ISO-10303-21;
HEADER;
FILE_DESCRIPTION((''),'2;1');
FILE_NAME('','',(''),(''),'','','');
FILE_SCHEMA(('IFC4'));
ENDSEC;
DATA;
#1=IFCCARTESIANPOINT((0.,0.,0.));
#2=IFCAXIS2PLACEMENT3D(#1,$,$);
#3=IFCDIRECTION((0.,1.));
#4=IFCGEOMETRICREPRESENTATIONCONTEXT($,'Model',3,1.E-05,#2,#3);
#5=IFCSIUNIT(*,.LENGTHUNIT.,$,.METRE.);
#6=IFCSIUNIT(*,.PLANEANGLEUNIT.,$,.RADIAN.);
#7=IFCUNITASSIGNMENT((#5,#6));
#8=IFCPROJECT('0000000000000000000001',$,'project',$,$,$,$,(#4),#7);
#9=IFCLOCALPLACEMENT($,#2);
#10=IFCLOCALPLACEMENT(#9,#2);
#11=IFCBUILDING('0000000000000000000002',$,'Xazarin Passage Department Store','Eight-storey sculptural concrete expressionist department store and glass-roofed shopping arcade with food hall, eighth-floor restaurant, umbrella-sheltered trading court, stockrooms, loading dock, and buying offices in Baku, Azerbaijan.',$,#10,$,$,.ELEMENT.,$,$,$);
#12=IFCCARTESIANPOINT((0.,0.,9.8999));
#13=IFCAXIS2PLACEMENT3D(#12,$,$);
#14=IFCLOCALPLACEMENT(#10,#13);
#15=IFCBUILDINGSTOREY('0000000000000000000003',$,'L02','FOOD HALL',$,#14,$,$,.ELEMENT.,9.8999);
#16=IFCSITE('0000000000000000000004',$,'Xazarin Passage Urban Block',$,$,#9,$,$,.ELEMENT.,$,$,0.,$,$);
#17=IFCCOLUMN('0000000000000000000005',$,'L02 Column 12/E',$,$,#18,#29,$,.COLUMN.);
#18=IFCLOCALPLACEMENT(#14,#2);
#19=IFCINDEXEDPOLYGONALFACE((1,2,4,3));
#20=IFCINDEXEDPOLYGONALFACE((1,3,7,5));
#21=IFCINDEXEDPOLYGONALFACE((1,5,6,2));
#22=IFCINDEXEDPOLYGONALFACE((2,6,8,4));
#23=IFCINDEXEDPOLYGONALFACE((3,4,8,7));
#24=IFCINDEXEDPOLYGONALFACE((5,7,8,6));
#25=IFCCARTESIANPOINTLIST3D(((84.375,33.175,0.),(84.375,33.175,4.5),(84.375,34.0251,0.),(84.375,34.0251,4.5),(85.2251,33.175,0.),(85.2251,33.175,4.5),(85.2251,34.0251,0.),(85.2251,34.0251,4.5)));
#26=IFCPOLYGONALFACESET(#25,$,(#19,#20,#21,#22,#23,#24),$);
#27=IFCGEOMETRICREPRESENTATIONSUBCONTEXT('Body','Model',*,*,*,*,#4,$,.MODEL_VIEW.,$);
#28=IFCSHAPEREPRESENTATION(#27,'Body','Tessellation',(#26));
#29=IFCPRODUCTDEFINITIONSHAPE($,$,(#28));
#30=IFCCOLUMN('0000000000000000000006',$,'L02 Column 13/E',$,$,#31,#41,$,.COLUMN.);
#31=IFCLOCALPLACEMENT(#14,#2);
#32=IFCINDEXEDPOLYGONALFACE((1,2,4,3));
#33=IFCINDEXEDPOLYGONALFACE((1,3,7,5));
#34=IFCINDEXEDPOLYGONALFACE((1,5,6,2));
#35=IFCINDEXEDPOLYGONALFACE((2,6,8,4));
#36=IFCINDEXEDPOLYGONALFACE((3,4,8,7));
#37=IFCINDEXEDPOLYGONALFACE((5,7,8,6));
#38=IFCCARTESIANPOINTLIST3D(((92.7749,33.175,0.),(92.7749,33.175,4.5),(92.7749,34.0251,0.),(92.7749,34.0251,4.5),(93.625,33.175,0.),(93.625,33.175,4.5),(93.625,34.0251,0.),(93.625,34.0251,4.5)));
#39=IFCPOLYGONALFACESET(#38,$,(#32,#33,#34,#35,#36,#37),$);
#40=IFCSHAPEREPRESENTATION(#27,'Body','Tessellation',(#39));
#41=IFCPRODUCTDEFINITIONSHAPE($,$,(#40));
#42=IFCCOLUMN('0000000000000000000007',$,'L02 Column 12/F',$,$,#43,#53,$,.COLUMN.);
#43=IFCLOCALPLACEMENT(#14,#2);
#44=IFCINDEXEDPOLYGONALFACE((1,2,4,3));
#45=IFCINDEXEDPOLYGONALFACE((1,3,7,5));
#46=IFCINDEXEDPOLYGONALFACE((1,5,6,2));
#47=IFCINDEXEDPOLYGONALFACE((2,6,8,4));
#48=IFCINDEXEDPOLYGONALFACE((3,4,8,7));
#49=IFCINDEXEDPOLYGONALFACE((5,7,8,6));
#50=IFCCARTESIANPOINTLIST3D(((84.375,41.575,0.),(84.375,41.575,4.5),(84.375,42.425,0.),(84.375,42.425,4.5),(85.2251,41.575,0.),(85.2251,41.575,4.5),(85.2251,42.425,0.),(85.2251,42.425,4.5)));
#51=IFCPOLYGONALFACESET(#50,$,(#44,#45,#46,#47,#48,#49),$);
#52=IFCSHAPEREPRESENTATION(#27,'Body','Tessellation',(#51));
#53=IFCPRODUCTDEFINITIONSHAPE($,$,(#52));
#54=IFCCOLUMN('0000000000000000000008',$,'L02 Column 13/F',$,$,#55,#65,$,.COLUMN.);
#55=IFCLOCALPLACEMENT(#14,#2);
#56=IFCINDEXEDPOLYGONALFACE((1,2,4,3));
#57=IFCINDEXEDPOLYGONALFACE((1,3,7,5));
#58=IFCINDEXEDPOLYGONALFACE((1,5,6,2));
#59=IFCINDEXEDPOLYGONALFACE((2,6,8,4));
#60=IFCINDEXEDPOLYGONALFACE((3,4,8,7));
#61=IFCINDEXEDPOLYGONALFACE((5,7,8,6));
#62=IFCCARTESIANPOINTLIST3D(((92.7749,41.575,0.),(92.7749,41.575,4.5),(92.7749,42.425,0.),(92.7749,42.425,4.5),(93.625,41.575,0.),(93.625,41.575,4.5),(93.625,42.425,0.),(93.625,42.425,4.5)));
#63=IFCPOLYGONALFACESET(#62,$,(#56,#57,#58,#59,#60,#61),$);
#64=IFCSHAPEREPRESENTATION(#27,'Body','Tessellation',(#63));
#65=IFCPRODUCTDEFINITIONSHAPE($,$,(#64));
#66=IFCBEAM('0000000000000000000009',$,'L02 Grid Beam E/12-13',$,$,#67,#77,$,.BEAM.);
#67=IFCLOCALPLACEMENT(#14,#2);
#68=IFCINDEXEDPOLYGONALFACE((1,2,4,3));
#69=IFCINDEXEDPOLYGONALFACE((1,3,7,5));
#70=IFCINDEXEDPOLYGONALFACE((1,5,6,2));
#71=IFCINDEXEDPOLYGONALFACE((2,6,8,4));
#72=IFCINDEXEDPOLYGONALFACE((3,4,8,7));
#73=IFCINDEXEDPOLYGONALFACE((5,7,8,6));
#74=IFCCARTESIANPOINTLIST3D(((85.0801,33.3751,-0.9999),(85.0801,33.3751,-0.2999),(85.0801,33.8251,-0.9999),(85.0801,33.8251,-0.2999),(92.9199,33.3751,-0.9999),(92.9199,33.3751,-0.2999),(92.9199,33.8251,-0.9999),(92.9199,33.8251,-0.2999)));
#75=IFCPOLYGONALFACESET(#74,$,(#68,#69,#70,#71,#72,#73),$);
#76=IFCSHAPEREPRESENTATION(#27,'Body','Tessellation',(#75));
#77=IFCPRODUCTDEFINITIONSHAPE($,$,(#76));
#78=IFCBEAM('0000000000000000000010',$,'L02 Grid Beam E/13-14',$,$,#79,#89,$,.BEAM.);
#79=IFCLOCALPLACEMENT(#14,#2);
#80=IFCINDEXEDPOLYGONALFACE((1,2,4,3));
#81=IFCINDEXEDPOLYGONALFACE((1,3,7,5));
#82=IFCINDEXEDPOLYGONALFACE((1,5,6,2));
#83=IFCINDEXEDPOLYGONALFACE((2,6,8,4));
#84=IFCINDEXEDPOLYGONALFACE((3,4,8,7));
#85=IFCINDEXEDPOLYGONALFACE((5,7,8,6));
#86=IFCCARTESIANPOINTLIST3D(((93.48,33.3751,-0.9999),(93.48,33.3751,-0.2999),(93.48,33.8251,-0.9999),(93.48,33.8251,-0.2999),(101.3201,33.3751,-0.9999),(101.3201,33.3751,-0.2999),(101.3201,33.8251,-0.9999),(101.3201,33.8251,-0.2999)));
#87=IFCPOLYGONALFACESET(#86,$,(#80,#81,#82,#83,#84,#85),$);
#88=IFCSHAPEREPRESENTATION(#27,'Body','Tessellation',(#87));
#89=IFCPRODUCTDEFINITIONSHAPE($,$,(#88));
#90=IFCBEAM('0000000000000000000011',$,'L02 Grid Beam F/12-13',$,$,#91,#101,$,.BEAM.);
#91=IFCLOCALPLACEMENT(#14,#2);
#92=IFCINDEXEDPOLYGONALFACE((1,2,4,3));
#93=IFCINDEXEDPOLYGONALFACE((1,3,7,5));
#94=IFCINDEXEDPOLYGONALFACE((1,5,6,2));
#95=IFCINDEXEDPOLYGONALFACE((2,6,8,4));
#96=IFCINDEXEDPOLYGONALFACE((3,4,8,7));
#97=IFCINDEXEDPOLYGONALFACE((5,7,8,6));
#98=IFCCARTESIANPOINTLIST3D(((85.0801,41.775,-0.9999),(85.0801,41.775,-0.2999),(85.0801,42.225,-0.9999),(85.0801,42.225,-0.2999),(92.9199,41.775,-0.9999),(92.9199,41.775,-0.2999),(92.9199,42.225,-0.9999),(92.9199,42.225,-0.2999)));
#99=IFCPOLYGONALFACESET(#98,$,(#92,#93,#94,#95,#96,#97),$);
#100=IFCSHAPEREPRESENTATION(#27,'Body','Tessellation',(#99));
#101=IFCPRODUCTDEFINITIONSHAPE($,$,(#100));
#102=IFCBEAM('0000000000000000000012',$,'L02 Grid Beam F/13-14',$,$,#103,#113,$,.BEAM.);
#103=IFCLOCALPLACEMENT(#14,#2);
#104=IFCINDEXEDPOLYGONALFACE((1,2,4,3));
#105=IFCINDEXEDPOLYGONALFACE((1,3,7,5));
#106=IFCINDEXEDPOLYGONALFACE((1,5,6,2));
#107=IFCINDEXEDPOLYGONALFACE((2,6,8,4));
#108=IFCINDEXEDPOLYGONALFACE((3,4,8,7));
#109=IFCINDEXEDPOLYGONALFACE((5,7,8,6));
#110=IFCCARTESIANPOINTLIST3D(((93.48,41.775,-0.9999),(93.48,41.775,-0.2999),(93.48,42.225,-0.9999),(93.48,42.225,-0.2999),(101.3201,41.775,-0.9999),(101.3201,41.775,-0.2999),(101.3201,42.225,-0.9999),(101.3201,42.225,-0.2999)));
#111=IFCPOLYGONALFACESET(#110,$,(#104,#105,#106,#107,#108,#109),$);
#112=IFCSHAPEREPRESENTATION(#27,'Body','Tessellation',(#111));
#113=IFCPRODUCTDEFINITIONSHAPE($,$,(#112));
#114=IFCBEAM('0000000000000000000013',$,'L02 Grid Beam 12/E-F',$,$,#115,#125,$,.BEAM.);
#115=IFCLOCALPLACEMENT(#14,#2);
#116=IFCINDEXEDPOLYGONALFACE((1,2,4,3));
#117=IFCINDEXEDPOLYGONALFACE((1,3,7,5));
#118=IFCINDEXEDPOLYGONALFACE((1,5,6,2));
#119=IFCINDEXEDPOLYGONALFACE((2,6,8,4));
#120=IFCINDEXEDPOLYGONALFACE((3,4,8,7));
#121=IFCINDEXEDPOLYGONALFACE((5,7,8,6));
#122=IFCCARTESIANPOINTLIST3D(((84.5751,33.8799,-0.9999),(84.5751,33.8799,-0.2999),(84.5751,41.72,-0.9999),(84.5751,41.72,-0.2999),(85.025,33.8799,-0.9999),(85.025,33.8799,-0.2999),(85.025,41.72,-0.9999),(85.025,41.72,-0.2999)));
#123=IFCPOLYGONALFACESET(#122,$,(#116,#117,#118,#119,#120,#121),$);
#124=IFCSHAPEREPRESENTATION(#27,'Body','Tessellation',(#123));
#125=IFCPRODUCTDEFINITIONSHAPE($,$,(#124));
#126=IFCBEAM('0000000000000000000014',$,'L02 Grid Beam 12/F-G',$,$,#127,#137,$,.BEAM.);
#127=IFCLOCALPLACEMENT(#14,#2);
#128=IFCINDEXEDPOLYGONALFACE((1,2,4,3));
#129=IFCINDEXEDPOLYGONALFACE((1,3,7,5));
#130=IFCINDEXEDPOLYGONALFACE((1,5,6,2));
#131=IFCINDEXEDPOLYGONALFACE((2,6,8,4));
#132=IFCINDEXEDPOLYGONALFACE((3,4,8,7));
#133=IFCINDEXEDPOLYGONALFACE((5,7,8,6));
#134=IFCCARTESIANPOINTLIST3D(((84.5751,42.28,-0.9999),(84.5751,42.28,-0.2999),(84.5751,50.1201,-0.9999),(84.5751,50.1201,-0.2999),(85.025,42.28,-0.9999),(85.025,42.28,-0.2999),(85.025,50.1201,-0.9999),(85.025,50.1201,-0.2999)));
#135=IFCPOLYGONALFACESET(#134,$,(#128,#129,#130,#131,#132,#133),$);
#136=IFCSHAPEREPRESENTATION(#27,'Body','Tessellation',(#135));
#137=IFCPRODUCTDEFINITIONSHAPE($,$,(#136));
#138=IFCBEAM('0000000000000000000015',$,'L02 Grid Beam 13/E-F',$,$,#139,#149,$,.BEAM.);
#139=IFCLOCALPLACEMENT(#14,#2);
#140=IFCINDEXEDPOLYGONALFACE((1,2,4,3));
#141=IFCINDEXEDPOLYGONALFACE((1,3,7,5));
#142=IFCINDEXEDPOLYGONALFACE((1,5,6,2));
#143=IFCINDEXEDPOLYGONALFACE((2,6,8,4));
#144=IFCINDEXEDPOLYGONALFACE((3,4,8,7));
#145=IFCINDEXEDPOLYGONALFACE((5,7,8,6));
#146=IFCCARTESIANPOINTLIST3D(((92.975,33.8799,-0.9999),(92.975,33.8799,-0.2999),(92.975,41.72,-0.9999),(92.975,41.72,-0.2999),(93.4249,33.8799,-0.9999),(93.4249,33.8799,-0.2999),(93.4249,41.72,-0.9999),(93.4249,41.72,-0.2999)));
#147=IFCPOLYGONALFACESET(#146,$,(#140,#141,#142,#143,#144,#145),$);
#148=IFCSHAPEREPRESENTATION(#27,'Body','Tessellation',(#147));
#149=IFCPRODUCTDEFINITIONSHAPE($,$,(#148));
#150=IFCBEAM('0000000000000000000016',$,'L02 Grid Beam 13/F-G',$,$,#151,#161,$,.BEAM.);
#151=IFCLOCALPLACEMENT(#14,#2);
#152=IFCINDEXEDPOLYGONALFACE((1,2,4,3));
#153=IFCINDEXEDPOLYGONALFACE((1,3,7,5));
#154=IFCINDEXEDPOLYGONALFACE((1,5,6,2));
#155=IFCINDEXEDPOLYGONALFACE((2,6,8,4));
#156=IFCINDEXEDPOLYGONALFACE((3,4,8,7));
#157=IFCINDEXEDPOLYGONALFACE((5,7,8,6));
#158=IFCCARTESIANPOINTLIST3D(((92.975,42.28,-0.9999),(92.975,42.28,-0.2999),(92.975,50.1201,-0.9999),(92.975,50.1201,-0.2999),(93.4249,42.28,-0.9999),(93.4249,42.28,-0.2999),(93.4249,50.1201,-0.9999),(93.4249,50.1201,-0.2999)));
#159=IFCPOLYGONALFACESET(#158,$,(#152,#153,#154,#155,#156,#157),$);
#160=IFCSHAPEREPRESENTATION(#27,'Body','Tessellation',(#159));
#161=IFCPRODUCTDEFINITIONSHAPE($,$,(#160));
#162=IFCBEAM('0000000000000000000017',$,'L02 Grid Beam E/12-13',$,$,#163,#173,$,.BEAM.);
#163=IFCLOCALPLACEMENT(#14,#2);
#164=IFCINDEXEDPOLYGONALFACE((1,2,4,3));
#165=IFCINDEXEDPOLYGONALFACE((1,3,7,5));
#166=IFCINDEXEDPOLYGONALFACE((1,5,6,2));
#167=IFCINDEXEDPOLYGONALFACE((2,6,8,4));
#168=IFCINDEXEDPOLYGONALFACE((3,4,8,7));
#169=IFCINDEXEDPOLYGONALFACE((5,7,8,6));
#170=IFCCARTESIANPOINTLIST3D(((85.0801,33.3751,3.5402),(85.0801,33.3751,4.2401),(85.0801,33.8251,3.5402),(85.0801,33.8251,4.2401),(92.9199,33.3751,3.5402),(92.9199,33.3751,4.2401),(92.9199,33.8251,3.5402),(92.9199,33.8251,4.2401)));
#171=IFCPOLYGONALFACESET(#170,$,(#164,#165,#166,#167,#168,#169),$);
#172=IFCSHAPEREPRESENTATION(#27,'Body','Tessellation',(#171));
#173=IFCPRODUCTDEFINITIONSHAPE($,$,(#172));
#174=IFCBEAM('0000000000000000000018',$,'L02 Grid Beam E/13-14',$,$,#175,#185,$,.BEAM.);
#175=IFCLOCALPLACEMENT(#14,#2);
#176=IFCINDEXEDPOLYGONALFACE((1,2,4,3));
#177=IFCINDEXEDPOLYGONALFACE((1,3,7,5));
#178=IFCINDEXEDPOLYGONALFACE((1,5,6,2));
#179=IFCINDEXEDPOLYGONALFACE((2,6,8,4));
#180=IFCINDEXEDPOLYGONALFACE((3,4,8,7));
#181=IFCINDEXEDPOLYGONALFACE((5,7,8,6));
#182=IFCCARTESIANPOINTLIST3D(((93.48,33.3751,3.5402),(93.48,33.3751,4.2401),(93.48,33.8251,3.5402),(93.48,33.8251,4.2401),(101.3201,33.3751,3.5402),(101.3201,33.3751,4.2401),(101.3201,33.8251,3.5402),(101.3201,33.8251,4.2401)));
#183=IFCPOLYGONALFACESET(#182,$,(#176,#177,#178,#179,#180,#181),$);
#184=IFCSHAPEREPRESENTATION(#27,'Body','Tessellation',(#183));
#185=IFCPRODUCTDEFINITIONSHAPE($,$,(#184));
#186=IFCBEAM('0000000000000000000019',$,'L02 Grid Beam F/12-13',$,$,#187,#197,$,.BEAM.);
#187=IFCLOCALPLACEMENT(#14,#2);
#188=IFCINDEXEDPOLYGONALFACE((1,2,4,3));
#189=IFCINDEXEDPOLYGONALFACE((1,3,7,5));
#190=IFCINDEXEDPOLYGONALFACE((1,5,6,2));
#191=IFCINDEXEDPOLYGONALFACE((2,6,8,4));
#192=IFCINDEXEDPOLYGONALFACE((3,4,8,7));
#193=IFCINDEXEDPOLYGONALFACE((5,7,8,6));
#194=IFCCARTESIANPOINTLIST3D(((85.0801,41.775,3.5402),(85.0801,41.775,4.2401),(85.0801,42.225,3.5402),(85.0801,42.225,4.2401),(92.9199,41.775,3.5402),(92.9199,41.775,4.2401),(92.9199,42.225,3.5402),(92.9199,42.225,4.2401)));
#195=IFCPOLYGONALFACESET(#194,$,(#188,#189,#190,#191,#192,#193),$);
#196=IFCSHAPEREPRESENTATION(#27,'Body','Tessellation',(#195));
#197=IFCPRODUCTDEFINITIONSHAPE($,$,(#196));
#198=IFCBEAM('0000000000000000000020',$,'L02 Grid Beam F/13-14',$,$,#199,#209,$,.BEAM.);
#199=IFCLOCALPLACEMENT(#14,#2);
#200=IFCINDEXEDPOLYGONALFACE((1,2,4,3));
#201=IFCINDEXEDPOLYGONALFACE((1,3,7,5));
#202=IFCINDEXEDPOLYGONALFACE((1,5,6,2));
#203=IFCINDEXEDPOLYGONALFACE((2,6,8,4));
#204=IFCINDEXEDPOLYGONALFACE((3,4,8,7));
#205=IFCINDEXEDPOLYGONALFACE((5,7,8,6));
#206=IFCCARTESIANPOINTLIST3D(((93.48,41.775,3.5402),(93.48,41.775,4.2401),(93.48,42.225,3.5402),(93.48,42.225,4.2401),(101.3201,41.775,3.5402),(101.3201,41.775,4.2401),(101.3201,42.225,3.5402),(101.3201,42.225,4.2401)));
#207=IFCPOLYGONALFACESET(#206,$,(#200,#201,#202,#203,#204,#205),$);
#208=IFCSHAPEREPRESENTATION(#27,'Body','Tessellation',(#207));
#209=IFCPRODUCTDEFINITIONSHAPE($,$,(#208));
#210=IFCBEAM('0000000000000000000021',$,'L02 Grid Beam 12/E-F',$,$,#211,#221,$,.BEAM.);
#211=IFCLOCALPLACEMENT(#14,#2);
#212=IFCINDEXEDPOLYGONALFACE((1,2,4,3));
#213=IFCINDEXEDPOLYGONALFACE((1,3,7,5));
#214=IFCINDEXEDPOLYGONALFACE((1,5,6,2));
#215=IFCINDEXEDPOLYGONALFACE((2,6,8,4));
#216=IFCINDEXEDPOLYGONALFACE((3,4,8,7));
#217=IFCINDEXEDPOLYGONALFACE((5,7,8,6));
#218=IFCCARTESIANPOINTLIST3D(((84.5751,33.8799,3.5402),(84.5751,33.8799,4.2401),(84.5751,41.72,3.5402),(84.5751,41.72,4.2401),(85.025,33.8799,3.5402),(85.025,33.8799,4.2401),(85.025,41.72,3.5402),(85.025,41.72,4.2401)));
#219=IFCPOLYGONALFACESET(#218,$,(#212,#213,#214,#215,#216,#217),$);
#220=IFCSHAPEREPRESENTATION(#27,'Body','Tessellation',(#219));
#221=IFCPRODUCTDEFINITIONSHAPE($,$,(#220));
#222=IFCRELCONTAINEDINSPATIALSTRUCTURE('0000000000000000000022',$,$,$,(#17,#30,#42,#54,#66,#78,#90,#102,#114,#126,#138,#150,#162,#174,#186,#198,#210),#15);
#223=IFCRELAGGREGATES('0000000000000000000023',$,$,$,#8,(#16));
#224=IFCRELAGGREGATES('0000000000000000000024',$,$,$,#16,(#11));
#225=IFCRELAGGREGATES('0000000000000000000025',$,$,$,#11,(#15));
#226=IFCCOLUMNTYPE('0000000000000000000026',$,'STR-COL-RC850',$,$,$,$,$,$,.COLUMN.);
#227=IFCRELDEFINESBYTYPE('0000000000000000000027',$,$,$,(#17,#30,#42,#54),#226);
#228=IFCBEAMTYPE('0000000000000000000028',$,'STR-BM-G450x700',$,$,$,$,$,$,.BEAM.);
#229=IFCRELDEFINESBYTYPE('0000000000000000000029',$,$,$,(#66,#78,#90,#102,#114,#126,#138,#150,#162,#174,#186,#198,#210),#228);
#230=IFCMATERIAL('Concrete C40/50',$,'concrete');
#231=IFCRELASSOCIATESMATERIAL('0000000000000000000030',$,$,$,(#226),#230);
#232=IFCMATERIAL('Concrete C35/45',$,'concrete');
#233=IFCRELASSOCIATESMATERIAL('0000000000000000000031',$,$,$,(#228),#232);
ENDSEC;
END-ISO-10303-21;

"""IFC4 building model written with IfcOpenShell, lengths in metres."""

from ifc_helpers import new_model, si_unit, direction, frame, origin, origin_2d, place, context, subcontext, project, spatial, rectangle, extrude, material, material_profile, profile_set, type_object, element, save


model = new_model("IFC4")

# Units and contexts
model_context = context("Model", 3, precision=1e-05, world=origin(), true_north=direction((0.0, 1.0)))
body_context = subcontext(model_context, "Body", "Model", "MODEL_VIEW")
ifc_project = project(units=[si_unit("LENGTHUNIT", "METRE"), si_unit("PLANEANGLEUNIT", "RADIAN")], contexts=[model_context])

# Site, building, storey
site_placement = place(None, origin())
site = spatial("IfcSite", under=ifc_project, at=site_placement, Name="Xazarin Passage Urban Block", CompositionType="ELEMENT", RefElevation=0.0)
building_placement = place(site_placement, origin())
building = spatial("IfcBuilding", under=site, at=building_placement, Name="Xazarin Passage Department Store", Description="Eight-storey sculptural concrete expressionist department store and glass-roofed shopping arcade with food hall, eighth-floor restaurant, umbrella-sheltered trading court, stockrooms, loading dock, and buying offices in Baku, Azerbaijan.", CompositionType="ELEMENT")
storey_placement = place(building_placement, frame((0.0, 0.0, 9.8999)))
storey = spatial("IfcBuildingStorey", under=building, at=storey_placement, Name="L02", Description="FOOD HALL", CompositionType="ELEMENT", Elevation=9.8999)

# Columns
ifc_material_1 = material(Name="Concrete C40/50", Category="concrete")
ifc_material_profile_1 = material_profile(ifc_material_1, rectangle(XDim=0.8501, YDim=0.8501, at=origin_2d()), Name="RC 850x850")
ifc_profile_set_1 = profile_set([ifc_material_profile_1], Name="Concrete C40/50")
column_type = type_object("IfcColumnType", Name="STR-COL-RC850", PredefinedType="COLUMN", material=ifc_profile_set_1)
for number, where, z_axis, x_axis, name in (
    (1, (84.8, 33.6001, 0.0), (0.0, 0.0, 1.0), (1.0, 0.0, 0.0), "L02 Column 12/E"),
    (2, (93.2, 33.6001, 0.0), (0.0, 0.0, 1.0), (1.0, 0.0, 0.0), "L02 Column 13/E"),
    (3, (84.8, 42.0, 0.0), (0.0, 0.0, 1.0), (1.0, 0.0, 0.0), "L02 Column 12/F"),
    (4, (93.2, 42.0, 0.0), (0.0, 0.0, 1.0), (1.0, 0.0, 0.0), "L02 Column 13/F"),
):
    element("IfcColumn", number, at=place(storey_placement, frame(where, z_axis=z_axis, x_axis=x_axis)), inside=storey, type_object=column_type, Name=name, PredefinedType="COLUMN", context=body_context, shape_type="SweptSolid", body=[
        extrude(rectangle(XDim=0.8501, YDim=0.8501, at=origin_2d()), origin(), (0.0, 0.0, 1.0), 4.5),
    ])

# Beams
ifc_material_2 = material(Name="Concrete C35/45", Category="concrete")
ifc_material_profile_2 = material_profile(ifc_material_2, rectangle(XDim=0.45, YDim=0.7, at=origin_2d()), Name="RC 450x700")
ifc_profile_set_2 = profile_set([ifc_material_profile_2], Name="Concrete C35/45")
beam_type = type_object("IfcBeamType", Name="STR-BM-G450x700", PredefinedType="BEAM", material=ifc_profile_set_2)
beam_1_placement = place(storey_placement, frame((85.0801, 33.6001, -0.6499), z_axis=(1.0, 0.0, 0.0), x_axis=(0.0, 1.0, 0.0)))
element("IfcBeam", 5, at=beam_1_placement, inside=storey, type_object=beam_type, Name="L02 Grid Beam E/12-13", PredefinedType="BEAM", context=body_context, shape_type="SweptSolid", body=[
    extrude(rectangle(XDim=0.45, YDim=0.7, at=origin_2d()), origin(), (0.0, 0.0, 1.0), 7.8398),
])
beam_2_placement = place(storey_placement, frame((93.48, 33.6001, -0.6499), z_axis=(1.0, 0.0, 0.0), x_axis=(0.0, 1.0, 0.0)))
element("IfcBeam", 6, at=beam_2_placement, inside=storey, type_object=beam_type, Name="L02 Grid Beam E/13-14", PredefinedType="BEAM", context=body_context, shape_type="SweptSolid", body=[
    extrude(rectangle(XDim=0.45, YDim=0.7, at=origin_2d()), origin(), (0.0, 0.0, 1.0), 7.8401),
])
beam_3_placement = place(storey_placement, frame((85.0801, 42.0, -0.6499), z_axis=(1.0, 0.0, 0.0), x_axis=(0.0, 1.0, 0.0)))
element("IfcBeam", 7, at=beam_3_placement, inside=storey, type_object=beam_type, Name="L02 Grid Beam F/12-13", PredefinedType="BEAM", context=body_context, shape_type="SweptSolid", body=[
    extrude(rectangle(XDim=0.45, YDim=0.7, at=origin_2d()), origin(), (0.0, 0.0, 1.0), 7.8398),
])
for number, where, z_axis, x_axis, name in (
    (8, (93.48, 42.0, -0.6499), (1.0, 0.0, 0.0), (0.0, 1.0, 0.0), "L02 Grid Beam F/13-14"),
    (9, (84.8, 33.8799, -0.6499), (0.0, 1.0, 0.0), (-1.0, 0.0, 0.0), "L02 Grid Beam 12/E-F"),
    (10, (84.8, 42.28, -0.6499), (0.0, 1.0, 0.0), (-1.0, 0.0, 0.0), "L02 Grid Beam 12/F-G"),
    (11, (93.2, 33.8799, -0.6499), (0.0, 1.0, 0.0), (-1.0, 0.0, 0.0), "L02 Grid Beam 13/E-F"),
    (12, (93.2, 42.28, -0.6499), (0.0, 1.0, 0.0), (-1.0, 0.0, 0.0), "L02 Grid Beam 13/F-G"),
):
    element("IfcBeam", number, at=place(storey_placement, frame(where, z_axis=z_axis, x_axis=x_axis)), inside=storey, type_object=beam_type, Name=name, PredefinedType="BEAM", context=body_context, shape_type="SweptSolid", body=[
        extrude(rectangle(XDim=0.45, YDim=0.7, at=origin_2d()), origin(), (0.0, 0.0, 1.0), 7.8401),
    ])
beam_4_placement = place(storey_placement, frame((85.0801, 33.6001, 3.8901), z_axis=(1.0, 0.0, 0.0), x_axis=(0.0, 1.0, 0.0)))
element("IfcBeam", 13, at=beam_4_placement, inside=storey, type_object=beam_type, Name="L02 Grid Beam E/12-13", PredefinedType="BEAM", context=body_context, shape_type="SweptSolid", body=[
    extrude(rectangle(XDim=0.45, YDim=0.7, at=origin_2d()), origin(), (0.0, 0.0, 1.0), 7.8398),
])
beam_5_placement = place(storey_placement, frame((93.48, 33.6001, 3.8901), z_axis=(1.0, 0.0, 0.0), x_axis=(0.0, 1.0, 0.0)))
element("IfcBeam", 14, at=beam_5_placement, inside=storey, type_object=beam_type, Name="L02 Grid Beam E/13-14", PredefinedType="BEAM", context=body_context, shape_type="SweptSolid", body=[
    extrude(rectangle(XDim=0.45, YDim=0.7, at=origin_2d()), origin(), (0.0, 0.0, 1.0), 7.8401),
])
beam_6_placement = place(storey_placement, frame((85.0801, 42.0, 3.8901), z_axis=(1.0, 0.0, 0.0), x_axis=(0.0, 1.0, 0.0)))
element("IfcBeam", 15, at=beam_6_placement, inside=storey, type_object=beam_type, Name="L02 Grid Beam F/12-13", PredefinedType="BEAM", context=body_context, shape_type="SweptSolid", body=[
    extrude(rectangle(XDim=0.45, YDim=0.7, at=origin_2d()), origin(), (0.0, 0.0, 1.0), 7.8398),
])
for number, where, z_axis, x_axis, name in (
    (16, (93.48, 42.0, 3.8901), (1.0, 0.0, 0.0), (0.0, 1.0, 0.0), "L02 Grid Beam F/13-14"),
    (17, (84.8, 33.8799, 3.8901), (0.0, 1.0, 0.0), (-1.0, 0.0, 0.0), "L02 Grid Beam 12/E-F"),
):
    element("IfcBeam", number, at=place(storey_placement, frame(where, z_axis=z_axis, x_axis=x_axis)), inside=storey, type_object=beam_type, Name=name, PredefinedType="BEAM", context=body_context, shape_type="SweptSolid", body=[
        extrude(rectangle(XDim=0.45, YDim=0.7, at=origin_2d()), origin(), (0.0, 0.0, 1.0), 7.8401),
    ])

save(model, "model.ifc")
